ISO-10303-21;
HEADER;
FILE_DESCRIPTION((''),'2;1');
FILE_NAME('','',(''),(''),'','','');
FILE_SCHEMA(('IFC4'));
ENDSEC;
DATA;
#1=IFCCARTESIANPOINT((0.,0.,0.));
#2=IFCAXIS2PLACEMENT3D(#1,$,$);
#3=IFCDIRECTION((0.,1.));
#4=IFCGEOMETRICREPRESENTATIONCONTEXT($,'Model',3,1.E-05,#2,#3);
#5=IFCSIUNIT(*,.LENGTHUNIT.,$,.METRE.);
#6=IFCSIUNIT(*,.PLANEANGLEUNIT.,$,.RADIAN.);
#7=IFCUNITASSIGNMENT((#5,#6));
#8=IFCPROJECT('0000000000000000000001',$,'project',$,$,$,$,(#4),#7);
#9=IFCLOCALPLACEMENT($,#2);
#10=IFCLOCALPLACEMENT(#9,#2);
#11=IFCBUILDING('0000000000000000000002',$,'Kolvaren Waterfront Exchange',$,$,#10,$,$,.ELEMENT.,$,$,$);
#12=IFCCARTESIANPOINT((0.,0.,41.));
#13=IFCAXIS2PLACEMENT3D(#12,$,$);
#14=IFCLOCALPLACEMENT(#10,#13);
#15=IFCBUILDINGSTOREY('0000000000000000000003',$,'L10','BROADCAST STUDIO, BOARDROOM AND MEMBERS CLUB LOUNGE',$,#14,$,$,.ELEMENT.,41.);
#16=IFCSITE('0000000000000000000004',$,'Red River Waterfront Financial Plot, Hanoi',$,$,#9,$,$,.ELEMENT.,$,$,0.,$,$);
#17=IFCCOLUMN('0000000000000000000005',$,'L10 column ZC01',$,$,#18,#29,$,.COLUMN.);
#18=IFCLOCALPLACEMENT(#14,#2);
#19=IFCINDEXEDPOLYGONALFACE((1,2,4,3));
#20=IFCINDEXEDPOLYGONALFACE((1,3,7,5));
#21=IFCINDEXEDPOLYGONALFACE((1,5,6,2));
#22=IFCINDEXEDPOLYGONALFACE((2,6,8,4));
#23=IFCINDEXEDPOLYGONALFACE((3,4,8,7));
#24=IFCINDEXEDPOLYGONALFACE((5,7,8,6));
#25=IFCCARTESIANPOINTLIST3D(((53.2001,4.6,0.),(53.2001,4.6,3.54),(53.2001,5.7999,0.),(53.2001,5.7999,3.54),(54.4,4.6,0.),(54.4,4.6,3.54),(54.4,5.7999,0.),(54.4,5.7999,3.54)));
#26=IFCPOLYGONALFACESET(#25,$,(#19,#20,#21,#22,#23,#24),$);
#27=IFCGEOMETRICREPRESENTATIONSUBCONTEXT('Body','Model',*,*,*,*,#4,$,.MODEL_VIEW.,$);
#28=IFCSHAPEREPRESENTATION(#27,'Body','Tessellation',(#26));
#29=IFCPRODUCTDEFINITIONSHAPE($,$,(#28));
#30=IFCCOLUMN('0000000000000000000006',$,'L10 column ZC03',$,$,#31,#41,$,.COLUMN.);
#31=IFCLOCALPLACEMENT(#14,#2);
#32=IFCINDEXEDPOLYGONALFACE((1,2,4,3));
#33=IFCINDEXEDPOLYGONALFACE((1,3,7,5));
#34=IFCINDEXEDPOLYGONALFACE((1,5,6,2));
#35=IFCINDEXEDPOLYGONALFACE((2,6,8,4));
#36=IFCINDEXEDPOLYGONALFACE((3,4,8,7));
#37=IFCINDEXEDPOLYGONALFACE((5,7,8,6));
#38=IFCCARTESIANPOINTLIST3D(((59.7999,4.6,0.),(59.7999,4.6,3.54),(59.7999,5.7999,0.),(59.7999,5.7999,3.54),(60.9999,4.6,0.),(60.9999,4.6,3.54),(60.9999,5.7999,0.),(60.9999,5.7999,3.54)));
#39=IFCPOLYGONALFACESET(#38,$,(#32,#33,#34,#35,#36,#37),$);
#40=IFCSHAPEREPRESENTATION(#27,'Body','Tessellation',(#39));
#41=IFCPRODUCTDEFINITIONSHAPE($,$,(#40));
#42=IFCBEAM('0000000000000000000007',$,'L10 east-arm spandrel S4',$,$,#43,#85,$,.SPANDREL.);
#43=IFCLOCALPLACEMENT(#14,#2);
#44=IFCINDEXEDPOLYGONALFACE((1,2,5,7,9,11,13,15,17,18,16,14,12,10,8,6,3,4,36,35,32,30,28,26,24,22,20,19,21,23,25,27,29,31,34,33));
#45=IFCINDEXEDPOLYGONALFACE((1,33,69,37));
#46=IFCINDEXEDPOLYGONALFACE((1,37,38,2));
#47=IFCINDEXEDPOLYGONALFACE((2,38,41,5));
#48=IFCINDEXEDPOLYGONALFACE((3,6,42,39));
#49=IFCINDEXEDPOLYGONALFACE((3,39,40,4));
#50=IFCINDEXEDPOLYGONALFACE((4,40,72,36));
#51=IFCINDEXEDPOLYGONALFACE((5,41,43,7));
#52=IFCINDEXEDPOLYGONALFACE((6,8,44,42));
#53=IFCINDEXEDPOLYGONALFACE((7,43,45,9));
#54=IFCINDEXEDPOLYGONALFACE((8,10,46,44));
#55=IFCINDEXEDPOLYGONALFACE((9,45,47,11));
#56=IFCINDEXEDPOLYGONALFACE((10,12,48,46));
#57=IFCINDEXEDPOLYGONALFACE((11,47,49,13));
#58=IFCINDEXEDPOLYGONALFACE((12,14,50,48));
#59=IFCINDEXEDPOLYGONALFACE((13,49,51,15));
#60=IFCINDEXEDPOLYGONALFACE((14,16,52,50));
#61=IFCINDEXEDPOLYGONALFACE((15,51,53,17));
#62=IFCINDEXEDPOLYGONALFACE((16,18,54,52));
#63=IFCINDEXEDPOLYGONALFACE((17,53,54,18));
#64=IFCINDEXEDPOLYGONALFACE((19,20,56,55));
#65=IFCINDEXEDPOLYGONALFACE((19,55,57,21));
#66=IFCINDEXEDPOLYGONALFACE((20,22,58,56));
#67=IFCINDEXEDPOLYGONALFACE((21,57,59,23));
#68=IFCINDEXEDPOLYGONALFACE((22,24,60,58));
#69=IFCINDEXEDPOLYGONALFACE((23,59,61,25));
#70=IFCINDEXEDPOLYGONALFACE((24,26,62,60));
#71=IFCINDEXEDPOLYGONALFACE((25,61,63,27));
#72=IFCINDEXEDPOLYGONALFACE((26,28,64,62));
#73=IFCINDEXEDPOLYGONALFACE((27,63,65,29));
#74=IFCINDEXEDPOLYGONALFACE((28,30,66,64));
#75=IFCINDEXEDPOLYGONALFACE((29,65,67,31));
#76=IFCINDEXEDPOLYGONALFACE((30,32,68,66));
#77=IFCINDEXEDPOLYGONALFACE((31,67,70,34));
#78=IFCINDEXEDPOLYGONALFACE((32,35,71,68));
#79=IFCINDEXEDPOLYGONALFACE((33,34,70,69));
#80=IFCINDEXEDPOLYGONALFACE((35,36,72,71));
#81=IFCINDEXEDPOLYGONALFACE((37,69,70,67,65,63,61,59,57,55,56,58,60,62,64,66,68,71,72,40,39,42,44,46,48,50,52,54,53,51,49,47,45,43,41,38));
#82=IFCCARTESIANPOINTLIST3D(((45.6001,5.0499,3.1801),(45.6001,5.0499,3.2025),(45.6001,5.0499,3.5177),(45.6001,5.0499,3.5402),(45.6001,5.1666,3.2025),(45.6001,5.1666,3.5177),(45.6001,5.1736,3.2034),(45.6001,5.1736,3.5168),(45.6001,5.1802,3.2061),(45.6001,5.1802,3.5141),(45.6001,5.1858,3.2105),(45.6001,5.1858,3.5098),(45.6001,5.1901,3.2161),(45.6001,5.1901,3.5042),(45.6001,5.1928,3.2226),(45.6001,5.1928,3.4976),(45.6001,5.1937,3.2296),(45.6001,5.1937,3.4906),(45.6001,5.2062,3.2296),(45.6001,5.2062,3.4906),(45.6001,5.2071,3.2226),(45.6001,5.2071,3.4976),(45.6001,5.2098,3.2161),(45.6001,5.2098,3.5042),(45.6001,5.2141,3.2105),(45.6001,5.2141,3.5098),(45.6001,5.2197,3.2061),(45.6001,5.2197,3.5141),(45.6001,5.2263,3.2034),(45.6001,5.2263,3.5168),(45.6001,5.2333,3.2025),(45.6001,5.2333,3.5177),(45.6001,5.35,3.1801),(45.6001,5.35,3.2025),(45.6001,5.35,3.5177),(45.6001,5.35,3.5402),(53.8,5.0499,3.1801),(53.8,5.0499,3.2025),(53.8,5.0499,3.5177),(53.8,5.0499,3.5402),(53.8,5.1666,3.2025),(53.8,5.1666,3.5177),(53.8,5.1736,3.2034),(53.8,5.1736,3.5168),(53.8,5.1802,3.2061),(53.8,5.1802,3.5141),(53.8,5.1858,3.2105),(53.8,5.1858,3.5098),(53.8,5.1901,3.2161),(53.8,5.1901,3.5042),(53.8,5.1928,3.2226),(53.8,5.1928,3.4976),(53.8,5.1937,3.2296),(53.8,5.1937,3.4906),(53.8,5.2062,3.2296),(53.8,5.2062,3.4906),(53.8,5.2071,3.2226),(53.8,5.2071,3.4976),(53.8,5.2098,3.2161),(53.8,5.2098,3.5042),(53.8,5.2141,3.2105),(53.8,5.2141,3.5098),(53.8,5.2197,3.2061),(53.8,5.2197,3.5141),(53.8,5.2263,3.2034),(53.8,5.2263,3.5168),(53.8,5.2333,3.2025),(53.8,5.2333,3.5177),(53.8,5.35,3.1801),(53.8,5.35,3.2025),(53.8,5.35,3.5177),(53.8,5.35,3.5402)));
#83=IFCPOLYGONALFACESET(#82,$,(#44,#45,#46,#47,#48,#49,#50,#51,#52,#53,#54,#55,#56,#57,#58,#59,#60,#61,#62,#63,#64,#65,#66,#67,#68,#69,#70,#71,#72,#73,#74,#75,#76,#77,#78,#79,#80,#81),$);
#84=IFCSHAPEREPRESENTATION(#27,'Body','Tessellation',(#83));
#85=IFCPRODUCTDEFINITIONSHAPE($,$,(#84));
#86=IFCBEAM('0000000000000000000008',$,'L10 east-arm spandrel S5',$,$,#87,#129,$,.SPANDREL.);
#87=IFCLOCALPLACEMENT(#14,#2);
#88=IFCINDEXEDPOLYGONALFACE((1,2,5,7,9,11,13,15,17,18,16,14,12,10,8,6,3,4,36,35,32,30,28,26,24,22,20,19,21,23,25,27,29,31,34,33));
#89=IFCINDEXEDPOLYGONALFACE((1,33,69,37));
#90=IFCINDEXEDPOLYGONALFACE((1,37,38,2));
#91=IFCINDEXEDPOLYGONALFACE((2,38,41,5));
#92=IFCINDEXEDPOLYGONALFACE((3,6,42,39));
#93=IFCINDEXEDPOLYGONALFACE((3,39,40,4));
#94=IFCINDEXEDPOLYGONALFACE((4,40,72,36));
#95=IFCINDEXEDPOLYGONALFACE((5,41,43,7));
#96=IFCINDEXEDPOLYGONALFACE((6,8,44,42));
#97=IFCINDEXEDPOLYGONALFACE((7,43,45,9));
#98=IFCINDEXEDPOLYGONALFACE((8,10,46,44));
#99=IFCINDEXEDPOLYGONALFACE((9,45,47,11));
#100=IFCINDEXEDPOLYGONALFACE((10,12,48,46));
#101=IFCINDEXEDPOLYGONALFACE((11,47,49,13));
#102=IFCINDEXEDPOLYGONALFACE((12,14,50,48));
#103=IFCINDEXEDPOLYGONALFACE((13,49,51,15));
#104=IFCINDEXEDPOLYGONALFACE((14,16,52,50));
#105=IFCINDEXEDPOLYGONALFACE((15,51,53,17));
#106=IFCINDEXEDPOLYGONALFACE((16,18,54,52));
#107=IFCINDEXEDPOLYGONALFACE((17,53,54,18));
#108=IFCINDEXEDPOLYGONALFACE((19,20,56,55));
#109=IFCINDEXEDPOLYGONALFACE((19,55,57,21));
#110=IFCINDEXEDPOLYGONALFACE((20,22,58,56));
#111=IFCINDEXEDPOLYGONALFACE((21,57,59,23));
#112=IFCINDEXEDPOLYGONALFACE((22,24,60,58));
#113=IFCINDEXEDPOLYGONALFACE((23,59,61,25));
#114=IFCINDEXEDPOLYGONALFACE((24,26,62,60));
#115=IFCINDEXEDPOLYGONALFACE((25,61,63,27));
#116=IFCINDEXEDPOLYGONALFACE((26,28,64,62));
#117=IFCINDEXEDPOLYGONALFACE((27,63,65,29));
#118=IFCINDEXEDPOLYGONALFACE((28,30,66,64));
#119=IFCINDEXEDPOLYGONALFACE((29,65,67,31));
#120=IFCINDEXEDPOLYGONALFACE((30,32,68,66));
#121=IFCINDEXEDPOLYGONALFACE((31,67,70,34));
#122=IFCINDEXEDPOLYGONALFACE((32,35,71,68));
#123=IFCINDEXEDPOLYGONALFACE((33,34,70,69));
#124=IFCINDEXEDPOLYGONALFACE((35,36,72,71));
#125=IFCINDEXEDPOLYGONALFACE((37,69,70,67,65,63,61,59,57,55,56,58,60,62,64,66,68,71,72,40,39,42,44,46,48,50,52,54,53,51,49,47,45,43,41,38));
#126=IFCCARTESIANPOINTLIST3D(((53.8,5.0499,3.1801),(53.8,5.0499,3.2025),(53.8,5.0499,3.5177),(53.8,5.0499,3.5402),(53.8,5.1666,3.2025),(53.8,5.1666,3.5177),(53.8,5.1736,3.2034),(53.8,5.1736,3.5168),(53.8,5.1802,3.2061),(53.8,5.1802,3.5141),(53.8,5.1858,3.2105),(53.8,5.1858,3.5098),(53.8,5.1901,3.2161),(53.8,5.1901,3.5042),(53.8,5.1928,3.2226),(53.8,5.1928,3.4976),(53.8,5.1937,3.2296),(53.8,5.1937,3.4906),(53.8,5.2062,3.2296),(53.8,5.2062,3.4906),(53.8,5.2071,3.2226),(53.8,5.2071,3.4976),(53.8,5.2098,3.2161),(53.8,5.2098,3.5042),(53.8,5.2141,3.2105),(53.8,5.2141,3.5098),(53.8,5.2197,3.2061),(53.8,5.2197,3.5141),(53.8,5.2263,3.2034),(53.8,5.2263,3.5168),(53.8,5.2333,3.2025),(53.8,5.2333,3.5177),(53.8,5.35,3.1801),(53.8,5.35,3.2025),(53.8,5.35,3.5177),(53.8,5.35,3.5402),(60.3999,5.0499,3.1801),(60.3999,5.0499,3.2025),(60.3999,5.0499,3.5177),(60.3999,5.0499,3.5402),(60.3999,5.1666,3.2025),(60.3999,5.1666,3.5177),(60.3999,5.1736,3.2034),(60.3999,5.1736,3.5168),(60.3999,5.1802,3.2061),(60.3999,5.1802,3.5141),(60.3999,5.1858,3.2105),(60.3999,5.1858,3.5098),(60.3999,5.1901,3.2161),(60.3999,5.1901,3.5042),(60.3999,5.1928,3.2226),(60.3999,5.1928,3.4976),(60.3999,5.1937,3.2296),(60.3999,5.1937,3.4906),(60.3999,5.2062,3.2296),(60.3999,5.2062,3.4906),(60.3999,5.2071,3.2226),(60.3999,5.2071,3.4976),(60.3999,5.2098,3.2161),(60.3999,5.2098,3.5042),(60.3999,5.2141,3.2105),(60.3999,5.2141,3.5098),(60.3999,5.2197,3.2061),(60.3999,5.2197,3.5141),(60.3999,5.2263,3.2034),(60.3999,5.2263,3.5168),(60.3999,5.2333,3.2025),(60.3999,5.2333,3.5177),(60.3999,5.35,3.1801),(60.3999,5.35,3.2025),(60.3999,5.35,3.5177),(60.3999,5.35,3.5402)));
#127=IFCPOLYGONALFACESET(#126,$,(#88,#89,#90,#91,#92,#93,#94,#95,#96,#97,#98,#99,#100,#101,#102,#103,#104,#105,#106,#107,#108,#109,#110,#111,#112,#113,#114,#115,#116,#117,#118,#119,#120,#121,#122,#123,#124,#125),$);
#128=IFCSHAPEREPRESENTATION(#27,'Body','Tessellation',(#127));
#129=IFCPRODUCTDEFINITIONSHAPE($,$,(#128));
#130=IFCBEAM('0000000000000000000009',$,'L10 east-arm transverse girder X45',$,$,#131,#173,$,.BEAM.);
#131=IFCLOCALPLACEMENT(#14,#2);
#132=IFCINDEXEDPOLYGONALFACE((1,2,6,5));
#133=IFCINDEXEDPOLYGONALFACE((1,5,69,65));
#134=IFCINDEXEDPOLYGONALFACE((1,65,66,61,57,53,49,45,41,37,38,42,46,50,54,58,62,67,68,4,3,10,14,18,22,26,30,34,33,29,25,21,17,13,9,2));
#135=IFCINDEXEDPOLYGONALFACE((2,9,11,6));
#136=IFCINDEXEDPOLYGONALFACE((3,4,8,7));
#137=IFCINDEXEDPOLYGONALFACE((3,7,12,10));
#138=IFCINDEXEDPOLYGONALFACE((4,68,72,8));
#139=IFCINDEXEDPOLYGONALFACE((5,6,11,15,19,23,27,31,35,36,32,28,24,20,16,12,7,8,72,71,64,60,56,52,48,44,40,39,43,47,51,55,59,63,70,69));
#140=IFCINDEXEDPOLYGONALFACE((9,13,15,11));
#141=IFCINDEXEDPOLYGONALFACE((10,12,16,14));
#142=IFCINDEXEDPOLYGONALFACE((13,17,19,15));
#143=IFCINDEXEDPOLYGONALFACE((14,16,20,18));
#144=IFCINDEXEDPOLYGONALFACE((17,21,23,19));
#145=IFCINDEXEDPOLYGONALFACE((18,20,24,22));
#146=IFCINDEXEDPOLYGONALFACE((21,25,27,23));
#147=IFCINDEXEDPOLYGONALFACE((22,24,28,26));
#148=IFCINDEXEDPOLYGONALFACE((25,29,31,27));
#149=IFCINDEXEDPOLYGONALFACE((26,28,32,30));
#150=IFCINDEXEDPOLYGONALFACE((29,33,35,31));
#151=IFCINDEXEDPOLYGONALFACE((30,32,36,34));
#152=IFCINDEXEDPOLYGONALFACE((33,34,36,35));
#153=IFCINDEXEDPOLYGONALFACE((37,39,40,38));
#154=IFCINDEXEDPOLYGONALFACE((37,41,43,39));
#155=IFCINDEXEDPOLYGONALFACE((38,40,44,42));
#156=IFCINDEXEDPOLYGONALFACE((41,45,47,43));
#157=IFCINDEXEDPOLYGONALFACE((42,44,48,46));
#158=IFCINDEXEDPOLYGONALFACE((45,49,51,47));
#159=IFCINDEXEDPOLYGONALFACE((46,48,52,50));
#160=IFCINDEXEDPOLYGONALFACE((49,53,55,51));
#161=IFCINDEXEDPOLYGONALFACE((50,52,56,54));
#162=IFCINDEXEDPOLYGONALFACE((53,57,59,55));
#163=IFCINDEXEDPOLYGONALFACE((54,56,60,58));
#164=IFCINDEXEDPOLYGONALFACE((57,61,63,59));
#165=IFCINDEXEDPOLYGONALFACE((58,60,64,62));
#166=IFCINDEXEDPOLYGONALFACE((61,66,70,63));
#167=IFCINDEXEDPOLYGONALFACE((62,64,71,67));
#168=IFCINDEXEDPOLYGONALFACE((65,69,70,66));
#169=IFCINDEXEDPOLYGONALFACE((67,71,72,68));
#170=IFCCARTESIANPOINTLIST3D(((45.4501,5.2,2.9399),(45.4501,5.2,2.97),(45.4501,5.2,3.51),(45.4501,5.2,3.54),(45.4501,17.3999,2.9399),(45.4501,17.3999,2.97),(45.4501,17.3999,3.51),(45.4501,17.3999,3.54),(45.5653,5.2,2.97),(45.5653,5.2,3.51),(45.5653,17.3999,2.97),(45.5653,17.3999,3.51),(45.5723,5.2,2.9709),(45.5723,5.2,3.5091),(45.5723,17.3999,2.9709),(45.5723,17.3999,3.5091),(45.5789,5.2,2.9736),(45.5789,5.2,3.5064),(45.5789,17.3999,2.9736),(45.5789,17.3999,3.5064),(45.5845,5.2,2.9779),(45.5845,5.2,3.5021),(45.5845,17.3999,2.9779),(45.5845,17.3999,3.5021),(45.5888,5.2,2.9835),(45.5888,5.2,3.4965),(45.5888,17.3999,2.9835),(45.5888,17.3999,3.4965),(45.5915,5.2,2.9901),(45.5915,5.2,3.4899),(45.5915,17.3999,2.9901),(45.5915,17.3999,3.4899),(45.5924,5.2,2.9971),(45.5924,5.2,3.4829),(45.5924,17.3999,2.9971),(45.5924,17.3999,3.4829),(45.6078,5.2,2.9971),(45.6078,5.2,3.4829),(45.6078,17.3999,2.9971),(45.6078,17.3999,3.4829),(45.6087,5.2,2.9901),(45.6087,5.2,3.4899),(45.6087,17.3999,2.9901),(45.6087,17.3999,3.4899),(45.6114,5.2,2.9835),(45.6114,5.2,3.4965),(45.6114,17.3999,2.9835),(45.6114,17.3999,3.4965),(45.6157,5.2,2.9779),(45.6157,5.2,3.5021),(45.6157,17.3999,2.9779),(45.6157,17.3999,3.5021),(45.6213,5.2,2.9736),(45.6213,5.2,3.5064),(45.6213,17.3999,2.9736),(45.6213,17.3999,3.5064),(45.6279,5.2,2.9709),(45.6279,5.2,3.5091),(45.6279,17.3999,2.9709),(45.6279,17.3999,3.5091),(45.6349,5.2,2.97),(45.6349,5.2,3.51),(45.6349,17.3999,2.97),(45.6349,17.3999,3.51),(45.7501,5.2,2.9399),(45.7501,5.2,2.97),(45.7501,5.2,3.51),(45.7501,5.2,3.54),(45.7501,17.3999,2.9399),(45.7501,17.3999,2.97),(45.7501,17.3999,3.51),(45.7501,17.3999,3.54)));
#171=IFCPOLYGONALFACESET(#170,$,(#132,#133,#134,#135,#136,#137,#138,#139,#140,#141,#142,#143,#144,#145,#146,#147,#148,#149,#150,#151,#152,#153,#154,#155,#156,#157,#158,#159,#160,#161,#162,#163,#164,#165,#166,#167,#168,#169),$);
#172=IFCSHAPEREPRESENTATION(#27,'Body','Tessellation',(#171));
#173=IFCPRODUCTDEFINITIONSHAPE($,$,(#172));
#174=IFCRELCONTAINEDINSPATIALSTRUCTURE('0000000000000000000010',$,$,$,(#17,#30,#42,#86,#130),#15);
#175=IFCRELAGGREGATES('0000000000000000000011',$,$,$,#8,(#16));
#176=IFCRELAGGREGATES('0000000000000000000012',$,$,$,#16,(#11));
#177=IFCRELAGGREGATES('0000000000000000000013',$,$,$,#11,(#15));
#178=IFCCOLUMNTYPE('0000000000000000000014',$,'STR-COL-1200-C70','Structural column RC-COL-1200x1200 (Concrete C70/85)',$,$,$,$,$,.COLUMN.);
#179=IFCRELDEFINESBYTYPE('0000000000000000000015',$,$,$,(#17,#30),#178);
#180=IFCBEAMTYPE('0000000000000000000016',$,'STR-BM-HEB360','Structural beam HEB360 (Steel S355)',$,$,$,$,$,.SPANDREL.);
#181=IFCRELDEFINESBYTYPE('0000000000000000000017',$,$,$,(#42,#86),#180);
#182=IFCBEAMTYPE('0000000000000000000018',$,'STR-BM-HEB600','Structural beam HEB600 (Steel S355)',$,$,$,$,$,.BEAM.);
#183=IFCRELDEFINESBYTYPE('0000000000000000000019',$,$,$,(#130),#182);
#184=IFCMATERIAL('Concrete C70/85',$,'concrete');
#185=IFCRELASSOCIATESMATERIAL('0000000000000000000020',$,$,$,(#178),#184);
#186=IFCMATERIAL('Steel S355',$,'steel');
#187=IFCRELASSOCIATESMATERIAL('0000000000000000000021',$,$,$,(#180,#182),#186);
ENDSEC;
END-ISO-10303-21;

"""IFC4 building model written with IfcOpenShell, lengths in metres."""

from ifc_helpers import new_model, si_unit, direction, frame, origin, origin_2d, place, context, subcontext, project, spatial, rectangle, i_section, extrude, material, material_profile, profile_set, type_object, element, save


model = new_model("IFC4")

# Units and contexts
model_context = context("Model", 3, precision=1e-05, world=origin(), true_north=direction((0.0, 1.0)))
body_context = subcontext(model_context, "Body", "Model", "MODEL_VIEW")
ifc_project = project(units=[si_unit("LENGTHUNIT", "METRE"), si_unit("PLANEANGLEUNIT", "RADIAN")], contexts=[model_context])

# Site, building, storey
site_placement = place(None, origin())
site = spatial("IfcSite", under=ifc_project, at=site_placement, Name="Red River Waterfront Financial Plot, Hanoi", CompositionType="ELEMENT", RefElevation=0.0)
building_placement = place(site_placement, origin())
building = spatial("IfcBuilding", under=site, at=building_placement, Name="Kolvaren Waterfront Exchange", CompositionType="ELEMENT")
storey_placement = place(building_placement, frame((0.0, 0.0, 41.0)))
storey = spatial("IfcBuildingStorey", under=building, at=storey_placement, Name="L10", Description="BROADCAST STUDIO, BOARDROOM AND MEMBERS CLUB LOUNGE", CompositionType="ELEMENT", Elevation=41.0)

# Columns
ifc_material_1 = material(Name="Concrete C70/85", Category="concrete")
ifc_material_profile_1 = material_profile(ifc_material_1, rectangle(XDim=1.2, YDim=1.2, at=origin_2d()), Name="RC-COL-1200x1200")
ifc_profile_set_1 = profile_set([ifc_material_profile_1], Name="Concrete C70/85")
column_type = type_object("IfcColumnType", Name="STR-COL-1200-C70", Description="Structural column RC-COL-1200x1200 (Concrete C70/85)", PredefinedType="COLUMN", material=ifc_profile_set_1)
for number, where, z_axis, x_axis, name in (
    (1, (53.8, 5.2, 0.0), (0.0, 0.0, 1.0), (1.0, 0.0, 0.0), "L10 column ZC01"),
    (2, (60.3999, 5.2, 0.0), (0.0, 0.0, 1.0), (1.0, 0.0, 0.0), "L10 column ZC03"),
):
    element("IfcColumn", number, at=place(storey_placement, frame(where, z_axis=z_axis, x_axis=x_axis)), inside=storey, type_object=column_type, Name=name, PredefinedType="COLUMN", context=body_context, shape_type="SweptSolid", body=[
        extrude(rectangle(XDim=1.2, YDim=1.2, at=origin_2d()), origin(), (0.0, 0.0, 1.0), 3.54),
    ])

# Beams
ifc_material_2 = material(Name="Steel S355", Category="steel")
ifc_material_profile_2 = material_profile(ifc_material_2, i_section(OverallWidth=0.3, OverallDepth=0.3601, WebThickness=0.0125, FlangeThickness=0.0225, FilletRadius=0.0271, at=origin_2d()), Name="HEB360")
ifc_profile_set_2 = profile_set([ifc_material_profile_2], Name="Steel S355")
beam_type_1 = type_object("IfcBeamType", Name="STR-BM-HEB360", Description="Structural beam HEB360 (Steel S355)", PredefinedType="SPANDREL", material=ifc_profile_set_2)
beam_1_placement = place(storey_placement, frame((45.6001, 5.2, 3.3601), z_axis=(1.0, 0.0, 0.0), x_axis=(0.0, 1.0, 0.0)))
element("IfcBeam", 3, at=beam_1_placement, inside=storey, type_object=beam_type_1, Name="L10 east-arm spandrel S4", PredefinedType="SPANDREL", context=body_context, shape_type="SweptSolid", body=[
    extrude(i_section(OverallWidth=0.3, OverallDepth=0.3601, WebThickness=0.0125, FlangeThickness=0.0225, FilletRadius=0.0271, at=origin_2d()), origin(), (0.0, 0.0, 1.0), 8.2),
])
beam_2_placement = place(storey_placement, frame((53.8, 5.2, 3.3601), z_axis=(1.0, 0.0, 0.0), x_axis=(0.0, 1.0, 0.0)))
element("IfcBeam", 4, at=beam_2_placement, inside=storey, type_object=beam_type_1, Name="L10 east-arm spandrel S5", PredefinedType="SPANDREL", context=body_context, shape_type="SweptSolid", body=[
    extrude(i_section(OverallWidth=0.3, OverallDepth=0.3601, WebThickness=0.0125, FlangeThickness=0.0225, FilletRadius=0.0271, at=origin_2d()), origin(), (0.0, 0.0, 1.0), 6.5999),
])
ifc_material_profile_3 = material_profile(ifc_material_2, i_section(OverallWidth=0.3, OverallDepth=0.6001, WebThickness=0.0154, FlangeThickness=0.03, FilletRadius=0.0271, at=origin_2d()), Name="HEB600")
ifc_profile_set_3 = profile_set([ifc_material_profile_3], Name="Steel S355")
beam_type_2 = type_object("IfcBeamType", Name="STR-BM-HEB600", Description="Structural beam HEB600 (Steel S355)", PredefinedType="BEAM", material=ifc_profile_set_3)
for number, where, z_axis, x_axis, name in (
    (5, (45.6001, 5.2, 3.24), (0.0, 1.0, 0.0), (-1.0, 0.0, 0.0), "L10 east-arm transverse girder X45"),
):
    element("IfcBeam", number, at=place(storey_placement, frame(where, z_axis=z_axis, x_axis=x_axis)), inside=storey, type_object=beam_type_2, Name=name, PredefinedType="BEAM", context=body_context, shape_type="SweptSolid", body=[
        extrude(i_section(OverallWidth=0.3, OverallDepth=0.6001, WebThickness=0.0154, FlangeThickness=0.03, FilletRadius=0.0271, at=origin_2d()), origin(), (0.0, 0.0, 1.0), 12.2),
    ])

save(model, "model.ifc")
